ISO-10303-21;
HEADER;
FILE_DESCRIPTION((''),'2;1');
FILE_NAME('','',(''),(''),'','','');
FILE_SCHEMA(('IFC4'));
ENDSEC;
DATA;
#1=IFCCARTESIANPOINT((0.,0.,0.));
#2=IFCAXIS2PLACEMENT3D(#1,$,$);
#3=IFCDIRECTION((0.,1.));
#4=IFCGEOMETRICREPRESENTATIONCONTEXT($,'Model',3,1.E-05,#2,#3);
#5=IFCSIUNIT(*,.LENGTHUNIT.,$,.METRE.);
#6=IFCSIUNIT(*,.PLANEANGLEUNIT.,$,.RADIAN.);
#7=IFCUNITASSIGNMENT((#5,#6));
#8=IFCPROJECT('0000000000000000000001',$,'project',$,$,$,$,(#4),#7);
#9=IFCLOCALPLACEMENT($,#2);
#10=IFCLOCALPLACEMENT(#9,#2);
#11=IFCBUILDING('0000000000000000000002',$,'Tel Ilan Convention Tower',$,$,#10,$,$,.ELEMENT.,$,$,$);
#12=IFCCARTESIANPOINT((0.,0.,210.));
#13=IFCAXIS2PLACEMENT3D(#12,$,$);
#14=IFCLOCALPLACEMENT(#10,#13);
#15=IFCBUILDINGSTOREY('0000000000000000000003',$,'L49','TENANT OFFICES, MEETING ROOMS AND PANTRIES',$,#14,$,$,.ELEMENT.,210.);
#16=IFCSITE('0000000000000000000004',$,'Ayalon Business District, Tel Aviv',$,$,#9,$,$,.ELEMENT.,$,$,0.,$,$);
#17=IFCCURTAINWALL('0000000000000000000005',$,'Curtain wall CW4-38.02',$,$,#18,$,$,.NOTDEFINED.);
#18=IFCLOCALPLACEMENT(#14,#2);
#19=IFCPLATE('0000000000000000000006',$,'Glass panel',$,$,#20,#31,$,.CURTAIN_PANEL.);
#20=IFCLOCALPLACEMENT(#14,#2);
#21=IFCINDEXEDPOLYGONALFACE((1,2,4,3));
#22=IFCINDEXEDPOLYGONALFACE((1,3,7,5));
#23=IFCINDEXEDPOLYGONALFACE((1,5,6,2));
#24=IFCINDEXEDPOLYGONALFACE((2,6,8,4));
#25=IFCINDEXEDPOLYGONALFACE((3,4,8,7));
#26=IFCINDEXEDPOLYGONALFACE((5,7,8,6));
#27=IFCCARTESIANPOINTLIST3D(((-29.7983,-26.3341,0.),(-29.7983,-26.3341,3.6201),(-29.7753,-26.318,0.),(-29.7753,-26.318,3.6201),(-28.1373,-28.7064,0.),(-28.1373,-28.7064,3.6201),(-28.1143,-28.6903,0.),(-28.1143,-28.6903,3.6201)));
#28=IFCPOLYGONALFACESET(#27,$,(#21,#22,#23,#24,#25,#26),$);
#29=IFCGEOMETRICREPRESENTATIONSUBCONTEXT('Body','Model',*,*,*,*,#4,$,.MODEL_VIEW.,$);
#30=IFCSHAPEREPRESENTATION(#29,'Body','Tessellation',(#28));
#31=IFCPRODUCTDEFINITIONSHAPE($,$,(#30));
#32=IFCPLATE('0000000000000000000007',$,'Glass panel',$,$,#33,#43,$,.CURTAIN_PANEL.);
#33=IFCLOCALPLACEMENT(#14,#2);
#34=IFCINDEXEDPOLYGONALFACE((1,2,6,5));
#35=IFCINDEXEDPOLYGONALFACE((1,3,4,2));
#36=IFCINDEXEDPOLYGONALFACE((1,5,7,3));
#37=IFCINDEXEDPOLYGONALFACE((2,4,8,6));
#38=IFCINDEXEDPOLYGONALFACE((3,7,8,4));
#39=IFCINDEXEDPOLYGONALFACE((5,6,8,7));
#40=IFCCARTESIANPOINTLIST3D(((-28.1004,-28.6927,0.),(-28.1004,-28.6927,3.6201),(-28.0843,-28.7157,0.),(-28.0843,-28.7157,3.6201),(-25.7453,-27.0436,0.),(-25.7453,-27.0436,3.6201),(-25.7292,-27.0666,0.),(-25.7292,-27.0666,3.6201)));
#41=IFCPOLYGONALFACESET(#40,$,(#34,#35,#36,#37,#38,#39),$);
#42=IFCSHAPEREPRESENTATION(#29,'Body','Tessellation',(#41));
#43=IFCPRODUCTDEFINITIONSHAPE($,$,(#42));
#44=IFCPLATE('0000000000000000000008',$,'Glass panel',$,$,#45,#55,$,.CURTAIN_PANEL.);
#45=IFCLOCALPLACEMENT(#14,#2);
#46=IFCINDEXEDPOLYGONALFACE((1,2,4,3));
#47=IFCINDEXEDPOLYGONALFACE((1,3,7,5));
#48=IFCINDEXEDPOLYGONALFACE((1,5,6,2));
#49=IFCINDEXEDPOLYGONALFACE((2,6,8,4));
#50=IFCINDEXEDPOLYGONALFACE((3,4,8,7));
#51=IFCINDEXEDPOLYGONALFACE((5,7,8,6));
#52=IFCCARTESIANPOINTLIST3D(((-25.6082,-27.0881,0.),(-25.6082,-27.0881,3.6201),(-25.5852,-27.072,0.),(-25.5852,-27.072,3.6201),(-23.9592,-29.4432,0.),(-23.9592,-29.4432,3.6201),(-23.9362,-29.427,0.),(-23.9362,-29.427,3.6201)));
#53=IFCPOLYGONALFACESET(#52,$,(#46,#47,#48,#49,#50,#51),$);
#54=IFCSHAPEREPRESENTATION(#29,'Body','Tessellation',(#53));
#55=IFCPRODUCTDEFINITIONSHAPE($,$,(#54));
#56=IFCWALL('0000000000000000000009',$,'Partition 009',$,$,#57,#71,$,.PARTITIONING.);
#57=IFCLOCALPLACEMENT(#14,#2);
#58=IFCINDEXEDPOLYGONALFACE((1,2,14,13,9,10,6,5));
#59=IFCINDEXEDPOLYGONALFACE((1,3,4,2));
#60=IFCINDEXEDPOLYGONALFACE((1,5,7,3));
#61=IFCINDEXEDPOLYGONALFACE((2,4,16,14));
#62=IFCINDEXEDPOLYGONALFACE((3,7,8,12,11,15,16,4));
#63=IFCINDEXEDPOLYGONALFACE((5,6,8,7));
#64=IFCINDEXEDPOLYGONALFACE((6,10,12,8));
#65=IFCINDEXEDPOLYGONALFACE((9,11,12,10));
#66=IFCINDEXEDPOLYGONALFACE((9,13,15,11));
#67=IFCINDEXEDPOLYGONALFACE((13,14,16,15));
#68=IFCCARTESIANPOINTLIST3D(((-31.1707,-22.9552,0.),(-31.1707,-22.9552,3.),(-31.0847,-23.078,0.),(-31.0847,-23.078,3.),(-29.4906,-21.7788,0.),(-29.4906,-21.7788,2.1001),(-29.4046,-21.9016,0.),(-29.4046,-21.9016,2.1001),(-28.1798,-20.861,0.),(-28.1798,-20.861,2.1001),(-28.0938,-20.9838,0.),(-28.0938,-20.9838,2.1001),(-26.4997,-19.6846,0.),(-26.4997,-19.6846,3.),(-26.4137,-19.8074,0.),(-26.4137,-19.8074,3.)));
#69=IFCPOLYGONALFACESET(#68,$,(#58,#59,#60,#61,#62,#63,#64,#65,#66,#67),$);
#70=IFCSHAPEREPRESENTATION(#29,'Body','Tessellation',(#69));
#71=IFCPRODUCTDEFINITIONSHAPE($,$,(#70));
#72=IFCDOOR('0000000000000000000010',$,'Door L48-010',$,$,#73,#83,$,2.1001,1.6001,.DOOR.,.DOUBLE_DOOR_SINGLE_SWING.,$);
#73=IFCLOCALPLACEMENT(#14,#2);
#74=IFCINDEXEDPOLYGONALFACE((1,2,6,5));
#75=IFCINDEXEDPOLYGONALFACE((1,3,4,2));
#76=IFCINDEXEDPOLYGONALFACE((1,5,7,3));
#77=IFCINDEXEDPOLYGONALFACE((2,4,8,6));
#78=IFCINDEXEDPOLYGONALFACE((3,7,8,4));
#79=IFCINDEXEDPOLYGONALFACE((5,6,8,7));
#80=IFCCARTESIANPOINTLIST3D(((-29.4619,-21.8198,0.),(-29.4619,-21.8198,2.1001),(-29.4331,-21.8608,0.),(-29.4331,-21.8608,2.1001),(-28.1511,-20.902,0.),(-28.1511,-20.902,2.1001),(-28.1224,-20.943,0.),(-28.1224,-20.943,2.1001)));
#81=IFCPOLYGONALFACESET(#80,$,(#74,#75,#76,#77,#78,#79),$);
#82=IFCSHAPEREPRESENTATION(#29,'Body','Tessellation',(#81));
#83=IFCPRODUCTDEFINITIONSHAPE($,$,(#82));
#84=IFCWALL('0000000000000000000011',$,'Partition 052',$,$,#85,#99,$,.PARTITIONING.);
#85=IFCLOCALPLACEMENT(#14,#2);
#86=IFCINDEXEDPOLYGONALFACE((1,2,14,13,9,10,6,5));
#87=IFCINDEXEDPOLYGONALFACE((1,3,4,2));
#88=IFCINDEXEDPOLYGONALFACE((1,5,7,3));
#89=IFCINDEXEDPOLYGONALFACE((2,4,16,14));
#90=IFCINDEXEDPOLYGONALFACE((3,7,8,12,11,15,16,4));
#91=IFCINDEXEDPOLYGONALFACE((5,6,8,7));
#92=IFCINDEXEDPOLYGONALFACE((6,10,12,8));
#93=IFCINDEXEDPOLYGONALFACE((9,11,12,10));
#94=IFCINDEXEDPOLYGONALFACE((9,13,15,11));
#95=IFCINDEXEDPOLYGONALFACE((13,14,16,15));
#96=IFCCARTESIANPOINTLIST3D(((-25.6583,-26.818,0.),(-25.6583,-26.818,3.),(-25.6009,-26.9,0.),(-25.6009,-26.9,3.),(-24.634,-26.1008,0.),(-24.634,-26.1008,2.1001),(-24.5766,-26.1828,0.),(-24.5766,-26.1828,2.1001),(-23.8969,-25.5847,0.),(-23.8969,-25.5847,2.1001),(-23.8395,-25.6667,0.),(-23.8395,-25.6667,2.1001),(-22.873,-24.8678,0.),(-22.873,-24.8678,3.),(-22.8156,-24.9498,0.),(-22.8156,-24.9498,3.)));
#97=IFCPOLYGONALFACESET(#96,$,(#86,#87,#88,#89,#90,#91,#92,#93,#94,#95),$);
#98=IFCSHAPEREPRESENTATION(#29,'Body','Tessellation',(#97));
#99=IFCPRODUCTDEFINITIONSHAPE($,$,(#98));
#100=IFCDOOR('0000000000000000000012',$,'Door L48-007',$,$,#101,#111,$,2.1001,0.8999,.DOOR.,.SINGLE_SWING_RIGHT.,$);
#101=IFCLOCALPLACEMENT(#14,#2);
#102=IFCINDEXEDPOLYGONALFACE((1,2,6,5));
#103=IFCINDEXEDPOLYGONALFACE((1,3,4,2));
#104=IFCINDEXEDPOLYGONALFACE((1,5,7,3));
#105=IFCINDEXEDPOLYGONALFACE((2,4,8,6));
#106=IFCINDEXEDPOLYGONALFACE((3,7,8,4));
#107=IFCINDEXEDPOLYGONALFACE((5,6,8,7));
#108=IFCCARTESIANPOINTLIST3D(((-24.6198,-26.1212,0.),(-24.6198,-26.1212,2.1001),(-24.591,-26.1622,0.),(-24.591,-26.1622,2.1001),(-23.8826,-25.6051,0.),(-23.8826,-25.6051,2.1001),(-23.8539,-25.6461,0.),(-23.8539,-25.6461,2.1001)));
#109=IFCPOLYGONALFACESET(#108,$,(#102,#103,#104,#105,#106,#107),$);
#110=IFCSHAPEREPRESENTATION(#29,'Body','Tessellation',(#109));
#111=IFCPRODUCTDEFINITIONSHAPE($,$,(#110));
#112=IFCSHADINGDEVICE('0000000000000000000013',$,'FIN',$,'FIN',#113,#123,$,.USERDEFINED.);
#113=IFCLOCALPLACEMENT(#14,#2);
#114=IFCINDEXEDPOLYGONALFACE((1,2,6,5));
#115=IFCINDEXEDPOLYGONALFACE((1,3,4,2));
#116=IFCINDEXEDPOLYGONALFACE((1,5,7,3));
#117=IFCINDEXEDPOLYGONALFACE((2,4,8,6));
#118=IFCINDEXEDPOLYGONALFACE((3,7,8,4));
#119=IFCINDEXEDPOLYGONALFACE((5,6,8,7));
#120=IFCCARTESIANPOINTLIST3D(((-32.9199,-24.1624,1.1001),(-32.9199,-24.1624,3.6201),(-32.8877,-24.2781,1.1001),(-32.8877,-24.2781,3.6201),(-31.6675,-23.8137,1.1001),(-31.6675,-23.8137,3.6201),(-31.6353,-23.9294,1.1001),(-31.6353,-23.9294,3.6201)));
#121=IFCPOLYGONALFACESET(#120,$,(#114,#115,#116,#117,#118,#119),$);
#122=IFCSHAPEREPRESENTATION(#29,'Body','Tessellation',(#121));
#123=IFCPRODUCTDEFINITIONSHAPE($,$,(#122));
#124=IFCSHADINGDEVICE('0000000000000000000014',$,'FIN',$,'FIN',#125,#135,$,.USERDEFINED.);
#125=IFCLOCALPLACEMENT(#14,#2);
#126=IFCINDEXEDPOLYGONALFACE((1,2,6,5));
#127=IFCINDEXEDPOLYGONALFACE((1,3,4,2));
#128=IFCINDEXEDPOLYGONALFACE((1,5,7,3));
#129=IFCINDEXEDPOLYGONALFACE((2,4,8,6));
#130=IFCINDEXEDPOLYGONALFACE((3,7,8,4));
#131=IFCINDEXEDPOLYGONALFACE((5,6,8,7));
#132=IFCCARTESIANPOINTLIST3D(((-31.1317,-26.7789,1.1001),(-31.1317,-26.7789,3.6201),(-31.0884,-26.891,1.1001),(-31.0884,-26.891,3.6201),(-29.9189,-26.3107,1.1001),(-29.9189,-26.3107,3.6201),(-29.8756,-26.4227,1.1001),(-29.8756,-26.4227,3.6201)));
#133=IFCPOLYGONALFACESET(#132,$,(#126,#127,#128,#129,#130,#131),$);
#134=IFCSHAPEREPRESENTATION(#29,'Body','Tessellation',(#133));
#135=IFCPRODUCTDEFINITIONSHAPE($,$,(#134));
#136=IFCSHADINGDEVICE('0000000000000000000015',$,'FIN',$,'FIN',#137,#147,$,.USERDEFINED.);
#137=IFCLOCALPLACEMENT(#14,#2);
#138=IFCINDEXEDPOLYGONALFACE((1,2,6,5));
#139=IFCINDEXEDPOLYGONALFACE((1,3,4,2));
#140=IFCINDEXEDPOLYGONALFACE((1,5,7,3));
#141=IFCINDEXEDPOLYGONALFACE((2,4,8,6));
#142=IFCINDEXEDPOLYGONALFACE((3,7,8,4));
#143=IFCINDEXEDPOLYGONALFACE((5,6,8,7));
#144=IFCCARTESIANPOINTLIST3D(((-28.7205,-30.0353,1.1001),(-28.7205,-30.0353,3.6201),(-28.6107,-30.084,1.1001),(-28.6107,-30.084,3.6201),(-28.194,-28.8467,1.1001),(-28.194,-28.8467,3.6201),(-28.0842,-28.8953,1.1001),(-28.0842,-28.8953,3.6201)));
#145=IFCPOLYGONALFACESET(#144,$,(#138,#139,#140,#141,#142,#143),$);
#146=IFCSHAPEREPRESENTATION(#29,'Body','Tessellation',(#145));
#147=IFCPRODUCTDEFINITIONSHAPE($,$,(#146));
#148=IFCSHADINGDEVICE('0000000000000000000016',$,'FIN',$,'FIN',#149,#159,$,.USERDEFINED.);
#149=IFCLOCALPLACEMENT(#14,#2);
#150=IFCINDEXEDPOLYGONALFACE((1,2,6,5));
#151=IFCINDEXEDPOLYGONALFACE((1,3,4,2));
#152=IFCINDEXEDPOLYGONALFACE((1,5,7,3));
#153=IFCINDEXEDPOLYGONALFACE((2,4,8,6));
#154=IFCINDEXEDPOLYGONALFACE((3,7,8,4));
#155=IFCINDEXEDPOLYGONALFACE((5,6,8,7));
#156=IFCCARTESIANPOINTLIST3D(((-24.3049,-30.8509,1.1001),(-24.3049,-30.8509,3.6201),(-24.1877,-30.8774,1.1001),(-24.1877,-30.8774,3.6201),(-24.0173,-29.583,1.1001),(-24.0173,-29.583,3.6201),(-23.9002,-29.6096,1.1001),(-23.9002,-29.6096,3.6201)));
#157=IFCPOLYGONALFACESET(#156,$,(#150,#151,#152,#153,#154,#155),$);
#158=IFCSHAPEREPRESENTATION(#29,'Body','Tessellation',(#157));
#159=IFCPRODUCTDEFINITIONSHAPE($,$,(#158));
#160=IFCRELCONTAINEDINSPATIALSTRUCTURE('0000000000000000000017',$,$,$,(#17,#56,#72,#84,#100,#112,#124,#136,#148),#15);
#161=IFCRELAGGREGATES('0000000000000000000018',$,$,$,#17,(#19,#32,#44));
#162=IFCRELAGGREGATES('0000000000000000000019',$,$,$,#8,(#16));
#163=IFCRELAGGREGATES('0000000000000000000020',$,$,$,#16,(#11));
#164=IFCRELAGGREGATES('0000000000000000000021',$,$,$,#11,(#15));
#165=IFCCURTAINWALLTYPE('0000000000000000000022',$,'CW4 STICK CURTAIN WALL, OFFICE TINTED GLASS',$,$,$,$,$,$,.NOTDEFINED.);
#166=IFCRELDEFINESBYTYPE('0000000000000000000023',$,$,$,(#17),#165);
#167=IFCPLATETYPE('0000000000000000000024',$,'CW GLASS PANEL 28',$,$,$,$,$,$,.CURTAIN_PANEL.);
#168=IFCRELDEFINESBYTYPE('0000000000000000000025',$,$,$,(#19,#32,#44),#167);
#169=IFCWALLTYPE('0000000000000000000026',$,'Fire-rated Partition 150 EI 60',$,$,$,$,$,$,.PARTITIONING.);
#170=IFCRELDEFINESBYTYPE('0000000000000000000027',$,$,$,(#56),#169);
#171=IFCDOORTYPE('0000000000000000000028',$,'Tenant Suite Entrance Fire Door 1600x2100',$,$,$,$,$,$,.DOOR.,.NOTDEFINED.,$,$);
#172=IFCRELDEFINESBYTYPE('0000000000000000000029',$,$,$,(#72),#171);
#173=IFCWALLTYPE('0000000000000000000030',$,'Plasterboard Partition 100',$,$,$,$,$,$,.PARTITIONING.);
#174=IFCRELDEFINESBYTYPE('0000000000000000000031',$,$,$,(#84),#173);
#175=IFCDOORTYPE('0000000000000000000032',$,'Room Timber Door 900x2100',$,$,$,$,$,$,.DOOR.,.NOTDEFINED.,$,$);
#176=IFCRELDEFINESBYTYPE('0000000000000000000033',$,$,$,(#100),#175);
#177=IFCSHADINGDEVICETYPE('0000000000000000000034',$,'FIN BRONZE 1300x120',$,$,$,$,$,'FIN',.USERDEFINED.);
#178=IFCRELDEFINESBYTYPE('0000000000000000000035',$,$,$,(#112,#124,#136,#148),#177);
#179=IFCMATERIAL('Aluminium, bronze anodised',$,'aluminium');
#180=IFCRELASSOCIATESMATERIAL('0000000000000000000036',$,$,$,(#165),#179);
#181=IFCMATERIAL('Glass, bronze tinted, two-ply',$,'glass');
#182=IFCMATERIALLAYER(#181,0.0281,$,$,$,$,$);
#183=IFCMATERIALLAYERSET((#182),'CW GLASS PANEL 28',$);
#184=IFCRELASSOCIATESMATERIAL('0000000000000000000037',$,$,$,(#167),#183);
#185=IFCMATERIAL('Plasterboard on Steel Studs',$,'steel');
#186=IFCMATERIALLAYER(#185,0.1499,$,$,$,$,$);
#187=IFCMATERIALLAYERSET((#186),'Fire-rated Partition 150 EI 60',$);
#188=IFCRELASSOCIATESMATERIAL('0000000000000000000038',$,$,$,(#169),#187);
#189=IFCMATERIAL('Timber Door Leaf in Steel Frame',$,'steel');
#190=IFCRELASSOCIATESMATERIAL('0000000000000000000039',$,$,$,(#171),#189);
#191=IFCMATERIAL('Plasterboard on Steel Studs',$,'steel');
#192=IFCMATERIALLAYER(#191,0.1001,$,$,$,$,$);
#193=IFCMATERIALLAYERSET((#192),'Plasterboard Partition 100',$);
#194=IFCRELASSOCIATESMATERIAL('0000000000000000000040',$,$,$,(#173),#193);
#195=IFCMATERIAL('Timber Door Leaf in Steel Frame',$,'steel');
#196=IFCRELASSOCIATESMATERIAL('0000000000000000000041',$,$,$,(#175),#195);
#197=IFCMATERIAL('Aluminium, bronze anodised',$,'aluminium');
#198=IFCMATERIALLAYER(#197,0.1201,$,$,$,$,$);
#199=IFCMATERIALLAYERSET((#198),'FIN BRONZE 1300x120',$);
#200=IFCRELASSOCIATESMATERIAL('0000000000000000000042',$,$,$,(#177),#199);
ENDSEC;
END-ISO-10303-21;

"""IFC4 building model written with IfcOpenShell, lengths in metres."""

from ifc_helpers import new_model, si_unit, direction, frame, frame_2d, origin, origin_2d, place, context, subcontext, project, spatial, rectangle, extrude, material, layer, layer_set, type_object, element, fill, aggregate, save


model = new_model("IFC4")

# Units and contexts
model_context = context("Model", 3, precision=1e-05, world=origin(), true_north=direction((0.0, 1.0)))
body_context = subcontext(model_context, "Body", "Model", "MODEL_VIEW")
ifc_project = project(units=[si_unit("LENGTHUNIT", "METRE"), si_unit("PLANEANGLEUNIT", "RADIAN")], contexts=[model_context])

# Site, building, storey
site_placement = place(None, origin())
site = spatial("IfcSite", under=ifc_project, at=site_placement, Name="Ayalon Business District, Tel Aviv", CompositionType="ELEMENT", RefElevation=0.0)
building_placement = place(site_placement, origin())
building = spatial("IfcBuilding", under=site, at=building_placement, Name="Tel Ilan Convention Tower", CompositionType="ELEMENT")
storey_placement = place(building_placement, frame((0.0, 0.0, 210.0)))
storey = spatial("IfcBuildingStorey", under=building, at=storey_placement, Name="L49", Description="TENANT OFFICES, MEETING ROOMS AND PANTRIES", CompositionType="ELEMENT", Elevation=210.0)

# Curtain wall, plates
ifc_material_1 = material(Name="Aluminium, bronze anodised", Category="aluminium")
curtain_wall_type = type_object("IfcCurtainWallType", Name="CW4 STICK CURTAIN WALL, OFFICE TINTED GLASS", PredefinedType="NOTDEFINED", material=ifc_material_1)
curtain_wall_placement = place(storey_placement, origin())
curtain_wall = element("IfcCurtainWall", 1, at=curtain_wall_placement, inside=storey, type_object=curtain_wall_type, Name="Curtain wall CW4-38.02", PredefinedType="NOTDEFINED")
ifc_material_2 = material(Name="Glass, bronze tinted, two-ply", Category="glass")
ifc_layer_1 = layer(ifc_material_2, 0.0281)
ifc_layer_set_1 = layer_set([ifc_layer_1], Name="CW GLASS PANEL 28")
plate_type = type_object("IfcPlateType", Name="CW GLASS PANEL 28", PredefinedType="CURTAIN_PANEL", material=ifc_layer_set_1)
plate_1_placement = place(storey_placement, frame((-28.9563, -27.5122, 0.0), z_axis=(0.0, 0.0, 1.0), x_axis=(0.573576, -0.819152, 0.0)))
plate_1 = element("IfcPlate", 2, at=plate_1_placement, type_object=plate_type, Name="Glass panel", PredefinedType="CURTAIN_PANEL", context=body_context, shape_type="SweptSolid", body=[
    extrude(rectangle(XDim=2.896, YDim=0.0281, at=origin_2d()), origin(), (0.0, 0.0, 1.0), 3.6201),
])
plate_2_placement = place(storey_placement, frame((-26.9148, -27.8796, 0.0), z_axis=(0.0, 0.0, 1.0), x_axis=(0.819152, 0.573576, 0.0)))
plate_2 = element("IfcPlate", 3, at=plate_2_placement, type_object=plate_type, Name="Glass panel", PredefinedType="CURTAIN_PANEL", context=body_context, shape_type="SweptSolid", body=[
    extrude(rectangle(XDim=2.875, YDim=0.0281, at=origin_2d()), origin(), (0.0, 0.0, 1.0), 3.6201),
])
plate_3_placement = place(storey_placement, frame((-24.7722, -28.2576, 0.0), z_axis=(0.0, 0.0, 1.0), x_axis=(0.573576, -0.819152, 0.0)))
plate_3 = element("IfcPlate", 4, at=plate_3_placement, type_object=plate_type, Name="Glass panel", PredefinedType="CURTAIN_PANEL", context=body_context, shape_type="SweptSolid", body=[
    extrude(rectangle(XDim=2.875, YDim=0.0281, at=origin_2d()), origin(), (0.0, 0.0, 1.0), 3.6201),
])
aggregate(curtain_wall, [plate_1, plate_2, plate_3])

# Walls, openings, doors
ifc_material_3 = material(Name="Plasterboard on Steel Studs", Category="steel")
ifc_layer_2 = layer(ifc_material_3, 0.1499)
ifc_layer_set_2 = layer_set([ifc_layer_2], Name="Fire-rated Partition 150 EI 60")
wall_type_1 = type_object("IfcWallType", Name="Fire-rated Partition 150 EI 60", PredefinedType="PARTITIONING", material=ifc_layer_set_2)
wall_1_placement = place(storey_placement, frame((-31.1277, -23.0166, 0.0), z_axis=(0.0, 0.0, 1.0), x_axis=(0.81916, 0.573566, 0.0)))
wall_1 = element("IfcWall", 5, at=wall_1_placement, inside=storey, type_object=wall_type_1, Name="Partition 009", PredefinedType="PARTITIONING", context=body_context, shape_type="SweptSolid", body=[
    extrude(rectangle(XDim=5.7021, YDim=0.1499, at=frame_2d((2.8511, 0.0))), origin(), (0.0, 0.0, 1.0), 3.0),
])
opening_1_placement = place(wall_1_placement, frame((2.051, 0.0, 0.0)))
opening_1 = element("IfcOpeningElement", 6, at=opening_1_placement, cuts=wall_1, PredefinedType="OPENING", context=body_context, shape_type="SweptSolid", body=[
    extrude(rectangle(XDim=1.6001, YDim=2.1001, at=frame_2d((0.8, 1.05))), frame((0.0, 0.085, 0.0), z_axis=(0.0, -1.0, 0.0), x_axis=(1.0, 0.0, 0.0)), (0.0, 0.0, 1.0), 0.1699),
])
ifc_material_4 = material(Name="Timber Door Leaf in Steel Frame", Category="steel")
door_type_1 = type_object("IfcDoorType", Name="Tenant Suite Entrance Fire Door 1600x2100", OperationType="NOTDEFINED", PredefinedType="DOOR", material=ifc_material_4)
door_1_placement = place(opening_1_placement, origin())
door_1 = element("IfcDoor", 7, at=door_1_placement, inside=storey, type_object=door_type_1, Name="Door L48-010", OperationType="DOUBLE_DOOR_SINGLE_SWING", OverallHeight=2.1001, OverallWidth=1.6001, PredefinedType="DOOR", context=body_context, shape_type="SweptSolid", body=[
    extrude(rectangle(XDim=1.6001, YDim=2.1001, at=frame_2d((0.8, 1.05))), frame((0.0, 0.0249, 0.0), z_axis=(0.0, -1.0, 0.0), x_axis=(1.0, 0.0, 0.0)), (0.0, 0.0, 1.0), 0.05),
])
fill(opening_1, door_1)
ifc_material_5 = material(Name="Plasterboard on Steel Studs", Category="steel")
ifc_layer_3 = layer(ifc_material_5, 0.1001)
ifc_layer_set_3 = layer_set([ifc_layer_3], Name="Plasterboard Partition 100")
wall_type_2 = type_object("IfcWallType", Name="Plasterboard Partition 100", PredefinedType="PARTITIONING", material=ifc_layer_set_3)
wall_2_placement = place(storey_placement, frame((-22.8442, -24.9087, 0.0), z_axis=(0.0, 0.0, 1.0), x_axis=(-0.819151, -0.573578, 0.0)))
wall_2 = element("IfcWall", 8, at=wall_2_placement, inside=storey, type_object=wall_type_2, Name="Partition 052", PredefinedType="PARTITIONING", context=body_context, shape_type="SweptSolid", body=[
    extrude(rectangle(XDim=3.4001, YDim=0.1001, at=frame_2d((1.7002, 0.0))), origin(), (0.0, 0.0, 1.0), 3.0),
])
opening_2_placement = place(wall_2_placement, frame((1.25, 0.0, 0.0)))
opening_2 = element("IfcOpeningElement", 9, at=opening_2_placement, cuts=wall_2, PredefinedType="OPENING", context=body_context, shape_type="SweptSolid", body=[
    extrude(rectangle(XDim=0.8999, YDim=2.1001, at=frame_2d((0.45, 1.05))), frame((0.0, 0.0601, 0.0), z_axis=(0.0, -1.0, 0.0), x_axis=(1.0, 0.0, 0.0)), (0.0, 0.0, 1.0), 0.1201),
])
ifc_material_6 = material(Name="Timber Door Leaf in Steel Frame", Category="steel")
door_type_2 = type_object("IfcDoorType", Name="Room Timber Door 900x2100", OperationType="NOTDEFINED", PredefinedType="DOOR", material=ifc_material_6)
door_2_placement = place(opening_2_placement, origin())
door_2 = element("IfcDoor", 10, at=door_2_placement, inside=storey, type_object=door_type_2, Name="Door L48-007", OperationType="SINGLE_SWING_RIGHT", OverallHeight=2.1001, OverallWidth=0.8999, PredefinedType="DOOR", context=body_context, shape_type="SweptSolid", body=[
    extrude(rectangle(XDim=0.8999, YDim=2.1001, at=frame_2d((0.45, 1.05))), frame((0.0, 0.0249, 0.0), z_axis=(0.0, -1.0, 0.0), x_axis=(1.0, 0.0, 0.0)), (0.0, 0.0, 1.0), 0.05),
])
fill(opening_2, door_2)

# Shading devices
ifc_material_7 = material(Name="Aluminium, bronze anodised", Category="aluminium")
ifc_layer_4 = layer(ifc_material_7, 0.1201)
ifc_layer_set_4 = layer_set([ifc_layer_4], Name="FIN BRONZE 1300x120")
shading_device_type = type_object("IfcShadingDeviceType", Name="FIN BRONZE 1300x120", ElementType="FIN", PredefinedType="USERDEFINED", material=ifc_layer_set_4)
for number, where, z_axis, x_axis, name in (
    (11, (-32.2776, -24.0459, 1.1001), (0.0, 0.0, 1.0), (-0.963371, -0.268173, 0.0), "FIN"),
    (12, (-30.5037, -26.6008, 1.1001), (0.0, 0.0, 1.0), (-0.932884, -0.360178, 0.0), "FIN"),
    (13, (-28.4023, -29.4653, 1.1001), (0.0, 0.0, 1.0), (-0.404964, -0.914333, 0.0), "FIN"),
    (14, (-24.1025, -30.2302, 1.1001), (0.0, 0.0, 1.0), (-0.22117, -0.975235, 0.0), "FIN"),
):
    element("IfcShadingDevice", number, at=place(storey_placement, frame(where, z_axis=z_axis, x_axis=x_axis)), inside=storey, type_object=shading_device_type, Name=name, ObjectType="FIN", PredefinedType="USERDEFINED", context=body_context, shape_type="SweptSolid", body=[
        extrude(rectangle(XDim=1.3, YDim=0.1201, at=origin_2d()), origin(), (0.0, 0.0, 1.0), 2.52),
    ])

save(model, "model.ifc")
